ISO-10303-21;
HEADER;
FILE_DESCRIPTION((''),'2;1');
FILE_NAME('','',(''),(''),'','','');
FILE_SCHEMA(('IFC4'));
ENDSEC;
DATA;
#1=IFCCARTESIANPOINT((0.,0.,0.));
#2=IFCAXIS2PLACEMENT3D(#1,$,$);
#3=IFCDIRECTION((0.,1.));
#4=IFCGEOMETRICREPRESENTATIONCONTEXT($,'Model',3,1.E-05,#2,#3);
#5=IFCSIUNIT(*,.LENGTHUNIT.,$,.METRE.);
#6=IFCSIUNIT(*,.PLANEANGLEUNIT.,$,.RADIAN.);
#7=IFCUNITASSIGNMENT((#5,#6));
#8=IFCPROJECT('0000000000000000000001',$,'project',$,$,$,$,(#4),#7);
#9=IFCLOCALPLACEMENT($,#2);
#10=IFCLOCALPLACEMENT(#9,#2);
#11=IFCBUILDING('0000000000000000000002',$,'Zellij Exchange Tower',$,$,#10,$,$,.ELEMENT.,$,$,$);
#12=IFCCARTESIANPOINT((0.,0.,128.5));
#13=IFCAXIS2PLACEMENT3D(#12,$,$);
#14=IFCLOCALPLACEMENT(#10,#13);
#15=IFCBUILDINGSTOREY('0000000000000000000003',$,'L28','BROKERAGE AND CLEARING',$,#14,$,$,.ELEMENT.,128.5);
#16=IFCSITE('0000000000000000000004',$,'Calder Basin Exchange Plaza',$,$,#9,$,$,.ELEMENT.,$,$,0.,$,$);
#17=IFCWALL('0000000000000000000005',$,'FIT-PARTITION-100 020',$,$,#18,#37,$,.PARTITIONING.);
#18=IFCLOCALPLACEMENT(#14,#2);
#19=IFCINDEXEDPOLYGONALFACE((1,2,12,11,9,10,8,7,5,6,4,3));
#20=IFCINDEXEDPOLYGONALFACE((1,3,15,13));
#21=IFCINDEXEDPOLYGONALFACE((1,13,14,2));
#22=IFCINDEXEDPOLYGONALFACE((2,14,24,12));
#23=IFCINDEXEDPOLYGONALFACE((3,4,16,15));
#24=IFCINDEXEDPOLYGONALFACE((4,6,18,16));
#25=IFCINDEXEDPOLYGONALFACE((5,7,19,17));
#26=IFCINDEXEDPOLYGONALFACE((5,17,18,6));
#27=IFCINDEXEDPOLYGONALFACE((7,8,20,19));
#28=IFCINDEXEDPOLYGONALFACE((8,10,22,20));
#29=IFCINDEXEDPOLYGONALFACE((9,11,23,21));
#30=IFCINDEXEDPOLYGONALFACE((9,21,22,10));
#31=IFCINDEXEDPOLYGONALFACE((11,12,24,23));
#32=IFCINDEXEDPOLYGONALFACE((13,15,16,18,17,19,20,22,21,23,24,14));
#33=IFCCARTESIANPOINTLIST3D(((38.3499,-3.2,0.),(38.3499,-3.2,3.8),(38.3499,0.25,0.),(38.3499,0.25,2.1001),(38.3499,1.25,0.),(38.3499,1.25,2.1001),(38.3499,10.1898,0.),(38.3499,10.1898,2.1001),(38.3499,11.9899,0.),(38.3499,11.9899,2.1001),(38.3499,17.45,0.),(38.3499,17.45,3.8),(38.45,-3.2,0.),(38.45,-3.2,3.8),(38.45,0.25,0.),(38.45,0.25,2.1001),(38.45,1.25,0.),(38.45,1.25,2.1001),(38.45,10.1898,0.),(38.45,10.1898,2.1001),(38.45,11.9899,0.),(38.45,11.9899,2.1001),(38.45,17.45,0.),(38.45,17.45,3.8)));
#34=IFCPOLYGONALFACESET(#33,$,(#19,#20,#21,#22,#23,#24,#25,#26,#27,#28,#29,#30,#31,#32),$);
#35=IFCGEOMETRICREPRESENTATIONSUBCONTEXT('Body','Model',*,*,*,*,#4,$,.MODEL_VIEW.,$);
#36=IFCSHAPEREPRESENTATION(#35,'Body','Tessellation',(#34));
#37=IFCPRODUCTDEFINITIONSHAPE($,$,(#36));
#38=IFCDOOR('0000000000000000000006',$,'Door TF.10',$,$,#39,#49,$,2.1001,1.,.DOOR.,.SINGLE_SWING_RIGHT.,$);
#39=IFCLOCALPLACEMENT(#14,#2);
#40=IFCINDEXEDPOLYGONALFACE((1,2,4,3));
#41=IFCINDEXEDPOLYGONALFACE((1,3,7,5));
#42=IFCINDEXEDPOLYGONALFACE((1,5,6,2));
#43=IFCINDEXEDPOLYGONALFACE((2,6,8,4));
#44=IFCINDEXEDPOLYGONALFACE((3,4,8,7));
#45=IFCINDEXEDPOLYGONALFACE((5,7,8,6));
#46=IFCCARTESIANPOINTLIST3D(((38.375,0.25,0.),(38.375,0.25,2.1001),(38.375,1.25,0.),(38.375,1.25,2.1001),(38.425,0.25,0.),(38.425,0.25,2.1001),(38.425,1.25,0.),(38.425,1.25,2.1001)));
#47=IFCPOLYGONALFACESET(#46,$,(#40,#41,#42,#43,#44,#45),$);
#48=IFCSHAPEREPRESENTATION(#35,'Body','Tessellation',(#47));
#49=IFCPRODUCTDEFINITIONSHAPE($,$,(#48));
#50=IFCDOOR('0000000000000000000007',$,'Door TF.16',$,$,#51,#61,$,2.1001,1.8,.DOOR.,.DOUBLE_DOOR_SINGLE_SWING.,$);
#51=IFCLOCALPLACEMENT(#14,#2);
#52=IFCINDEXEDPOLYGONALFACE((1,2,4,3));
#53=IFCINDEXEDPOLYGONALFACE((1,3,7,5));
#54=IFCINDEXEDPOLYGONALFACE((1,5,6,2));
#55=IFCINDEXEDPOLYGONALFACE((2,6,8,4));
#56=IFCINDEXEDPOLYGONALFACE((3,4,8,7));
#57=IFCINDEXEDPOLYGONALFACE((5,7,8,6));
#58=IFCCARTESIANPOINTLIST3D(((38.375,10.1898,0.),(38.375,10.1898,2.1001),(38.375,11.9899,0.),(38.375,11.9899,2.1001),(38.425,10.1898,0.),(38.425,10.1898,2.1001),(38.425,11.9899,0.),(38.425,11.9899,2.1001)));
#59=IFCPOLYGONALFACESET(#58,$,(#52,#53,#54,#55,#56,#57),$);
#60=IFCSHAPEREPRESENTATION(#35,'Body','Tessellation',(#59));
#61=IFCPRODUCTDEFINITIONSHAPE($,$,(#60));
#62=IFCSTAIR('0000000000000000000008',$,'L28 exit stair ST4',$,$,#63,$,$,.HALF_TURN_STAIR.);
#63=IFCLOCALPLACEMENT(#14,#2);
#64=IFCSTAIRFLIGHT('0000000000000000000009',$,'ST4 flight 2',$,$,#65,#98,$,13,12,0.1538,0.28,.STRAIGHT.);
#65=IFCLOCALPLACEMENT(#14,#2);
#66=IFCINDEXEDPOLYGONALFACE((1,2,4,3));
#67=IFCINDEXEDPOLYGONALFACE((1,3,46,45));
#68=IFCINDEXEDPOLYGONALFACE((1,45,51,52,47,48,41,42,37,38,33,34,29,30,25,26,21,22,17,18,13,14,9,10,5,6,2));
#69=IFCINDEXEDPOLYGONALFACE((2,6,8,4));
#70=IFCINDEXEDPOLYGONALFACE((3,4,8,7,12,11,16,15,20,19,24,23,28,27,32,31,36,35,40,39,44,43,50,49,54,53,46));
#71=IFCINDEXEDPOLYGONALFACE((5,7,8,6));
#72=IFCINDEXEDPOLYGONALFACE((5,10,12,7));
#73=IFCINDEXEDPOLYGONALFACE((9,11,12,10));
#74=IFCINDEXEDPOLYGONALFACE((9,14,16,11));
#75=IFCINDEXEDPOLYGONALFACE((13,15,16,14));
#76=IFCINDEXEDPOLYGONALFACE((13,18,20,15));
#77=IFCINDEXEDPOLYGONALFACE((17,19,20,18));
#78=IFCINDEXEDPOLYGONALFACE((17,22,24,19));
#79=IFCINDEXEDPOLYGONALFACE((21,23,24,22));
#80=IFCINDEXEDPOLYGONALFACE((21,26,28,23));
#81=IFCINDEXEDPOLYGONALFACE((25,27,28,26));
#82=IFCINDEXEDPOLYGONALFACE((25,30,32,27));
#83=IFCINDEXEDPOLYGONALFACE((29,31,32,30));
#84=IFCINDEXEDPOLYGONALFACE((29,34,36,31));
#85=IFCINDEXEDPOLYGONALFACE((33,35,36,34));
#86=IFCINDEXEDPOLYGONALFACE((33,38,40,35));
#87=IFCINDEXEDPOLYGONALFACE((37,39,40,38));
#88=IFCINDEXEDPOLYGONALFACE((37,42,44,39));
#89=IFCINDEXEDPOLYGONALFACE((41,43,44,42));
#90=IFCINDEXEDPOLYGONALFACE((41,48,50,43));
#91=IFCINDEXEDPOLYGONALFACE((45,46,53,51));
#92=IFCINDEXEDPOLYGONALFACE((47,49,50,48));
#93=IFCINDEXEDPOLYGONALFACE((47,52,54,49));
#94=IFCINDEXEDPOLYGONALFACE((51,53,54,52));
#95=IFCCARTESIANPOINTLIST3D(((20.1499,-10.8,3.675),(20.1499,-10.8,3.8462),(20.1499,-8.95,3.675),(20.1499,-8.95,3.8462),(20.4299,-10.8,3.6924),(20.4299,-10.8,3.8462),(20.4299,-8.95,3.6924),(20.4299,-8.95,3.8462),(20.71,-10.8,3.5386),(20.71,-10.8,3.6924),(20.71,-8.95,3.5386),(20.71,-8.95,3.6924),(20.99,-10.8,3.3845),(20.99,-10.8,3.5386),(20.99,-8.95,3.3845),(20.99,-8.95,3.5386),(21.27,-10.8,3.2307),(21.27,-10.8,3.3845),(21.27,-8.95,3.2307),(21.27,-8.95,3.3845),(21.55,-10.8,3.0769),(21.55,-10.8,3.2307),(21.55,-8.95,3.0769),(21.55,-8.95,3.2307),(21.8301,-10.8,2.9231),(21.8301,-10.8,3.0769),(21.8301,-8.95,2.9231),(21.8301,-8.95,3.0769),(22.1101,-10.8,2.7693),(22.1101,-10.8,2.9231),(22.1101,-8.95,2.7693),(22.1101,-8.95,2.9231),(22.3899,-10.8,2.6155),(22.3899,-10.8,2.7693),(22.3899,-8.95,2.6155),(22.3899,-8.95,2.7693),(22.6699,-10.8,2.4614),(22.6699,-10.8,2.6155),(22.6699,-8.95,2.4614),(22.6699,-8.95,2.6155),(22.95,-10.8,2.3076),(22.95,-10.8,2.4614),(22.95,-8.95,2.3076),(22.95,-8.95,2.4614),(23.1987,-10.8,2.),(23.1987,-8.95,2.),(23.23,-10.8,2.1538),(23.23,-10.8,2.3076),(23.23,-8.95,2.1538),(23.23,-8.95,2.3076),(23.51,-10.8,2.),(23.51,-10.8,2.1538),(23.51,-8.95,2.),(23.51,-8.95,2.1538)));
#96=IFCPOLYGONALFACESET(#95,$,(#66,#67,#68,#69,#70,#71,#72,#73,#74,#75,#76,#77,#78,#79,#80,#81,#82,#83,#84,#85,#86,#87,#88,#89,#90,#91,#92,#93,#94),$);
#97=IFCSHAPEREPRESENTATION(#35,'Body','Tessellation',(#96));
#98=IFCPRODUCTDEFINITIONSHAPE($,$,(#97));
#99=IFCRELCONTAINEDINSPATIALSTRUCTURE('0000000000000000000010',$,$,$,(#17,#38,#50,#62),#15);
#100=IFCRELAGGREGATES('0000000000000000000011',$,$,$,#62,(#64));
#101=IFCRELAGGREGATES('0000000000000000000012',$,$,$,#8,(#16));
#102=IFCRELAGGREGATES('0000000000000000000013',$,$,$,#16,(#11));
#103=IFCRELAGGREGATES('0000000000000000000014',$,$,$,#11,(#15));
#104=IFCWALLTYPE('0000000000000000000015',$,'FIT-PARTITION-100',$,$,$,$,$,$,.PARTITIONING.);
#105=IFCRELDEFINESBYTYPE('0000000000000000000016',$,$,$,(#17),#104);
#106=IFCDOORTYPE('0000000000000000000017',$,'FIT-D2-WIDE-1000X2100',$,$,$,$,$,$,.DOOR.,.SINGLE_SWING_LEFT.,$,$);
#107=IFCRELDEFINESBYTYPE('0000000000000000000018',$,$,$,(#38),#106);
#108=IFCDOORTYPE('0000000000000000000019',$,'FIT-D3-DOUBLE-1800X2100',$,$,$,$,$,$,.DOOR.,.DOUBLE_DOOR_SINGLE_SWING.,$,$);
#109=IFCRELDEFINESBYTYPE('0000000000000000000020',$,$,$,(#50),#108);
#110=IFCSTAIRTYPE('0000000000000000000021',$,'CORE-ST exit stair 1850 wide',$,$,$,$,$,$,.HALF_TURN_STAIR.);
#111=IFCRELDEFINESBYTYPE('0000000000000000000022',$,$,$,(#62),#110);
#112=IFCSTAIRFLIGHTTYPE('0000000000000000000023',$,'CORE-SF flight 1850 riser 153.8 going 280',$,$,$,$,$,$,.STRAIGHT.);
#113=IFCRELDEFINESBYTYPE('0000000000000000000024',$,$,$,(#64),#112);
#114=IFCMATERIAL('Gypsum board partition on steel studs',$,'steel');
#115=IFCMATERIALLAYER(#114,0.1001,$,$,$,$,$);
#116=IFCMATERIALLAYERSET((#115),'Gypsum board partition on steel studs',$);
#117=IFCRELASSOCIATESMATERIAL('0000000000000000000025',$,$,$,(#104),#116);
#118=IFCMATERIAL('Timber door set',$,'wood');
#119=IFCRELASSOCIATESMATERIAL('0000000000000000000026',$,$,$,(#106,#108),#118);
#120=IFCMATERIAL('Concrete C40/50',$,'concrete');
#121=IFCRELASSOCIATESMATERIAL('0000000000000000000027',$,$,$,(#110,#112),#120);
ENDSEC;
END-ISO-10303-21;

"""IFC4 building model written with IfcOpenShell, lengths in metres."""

from ifc_helpers import new_model, si_unit, direction, frame, frame_2d, origin, place, context, subcontext, project, spatial, polyline, rectangle, outline, extrude, material, layer, layer_set, type_object, element, fill, aggregate, save


model = new_model("IFC4")

# Units and contexts
model_context = context("Model", 3, precision=1e-05, world=origin(), true_north=direction((0.0, 1.0)))
body_context = subcontext(model_context, "Body", "Model", "MODEL_VIEW")
ifc_project = project(units=[si_unit("LENGTHUNIT", "METRE"), si_unit("PLANEANGLEUNIT", "RADIAN")], contexts=[model_context])

# Site, building, storey
site_placement = place(None, origin())
site = spatial("IfcSite", under=ifc_project, at=site_placement, Name="Calder Basin Exchange Plaza", CompositionType="ELEMENT", RefElevation=0.0)
building_placement = place(site_placement, origin())
building = spatial("IfcBuilding", under=site, at=building_placement, Name="Zellij Exchange Tower", CompositionType="ELEMENT")
storey_placement = place(building_placement, frame((0.0, 0.0, 128.5)))
storey = spatial("IfcBuildingStorey", under=building, at=storey_placement, Name="L28", Description="BROKERAGE AND CLEARING", CompositionType="ELEMENT", Elevation=128.5)

# Shared definitions
ifc_material_1 = material(Name="Gypsum board partition on steel studs", Category="steel")
ifc_layer_1 = layer(ifc_material_1, 0.1001)
ifc_layer_set_1 = layer_set([ifc_layer_1], Name="Gypsum board partition on steel studs")
wall_type_1 = type_object("IfcWallType", Name="FIT-PARTITION-100", PredefinedType="PARTITIONING", material=ifc_layer_set_1)

# Wall, openings, doors
wall_1_placement = place(storey_placement, frame((38.3999, -3.2, 0.0), z_axis=(0.0, 0.0, 1.0), x_axis=(0.0, 1.0, 0.0)))
wall_1 = element("IfcWall", 1, at=wall_1_placement, inside=storey, type_object=wall_type_1, Name="FIT-PARTITION-100 020", PredefinedType="PARTITIONING", context=body_context, shape_type="SweptSolid", body=[
    extrude(rectangle(XDim=20.6499, YDim=0.1001, at=frame_2d((10.325, 0.0))), origin(), (0.0, 0.0, 1.0), 3.8),
])
opening_1_placement = place(wall_1_placement, frame((3.45, 0.0, 0.0)))
opening_1 = element("IfcOpeningElement", 2, at=opening_1_placement, cuts=wall_1, PredefinedType="OPENING", context=body_context, shape_type="SweptSolid", body=[
    extrude(rectangle(XDim=1.0, YDim=2.1001, at=frame_2d((0.5, 1.05))), frame((0.0, 0.062, 0.0), z_axis=(0.0, -1.0, 0.0), x_axis=(1.0, 0.0, 0.0)), (0.0, 0.0, 1.0), 0.124),
])
opening_2_placement = place(wall_1_placement, frame((13.3899, 0.0, 0.0)))
opening_2 = element("IfcOpeningElement", 3, at=opening_2_placement, cuts=wall_1, PredefinedType="OPENING", context=body_context, shape_type="SweptSolid", body=[
    extrude(rectangle(XDim=1.8, YDim=2.1001, at=frame_2d((0.8999, 1.05))), frame((0.0, 0.062, 0.0), z_axis=(0.0, -1.0, 0.0), x_axis=(1.0, 0.0, 0.0)), (0.0, 0.0, 1.0), 0.124),
])
ifc_material_2 = material(Name="Timber door set", Category="wood")
door_type_1 = type_object("IfcDoorType", Name="FIT-D2-WIDE-1000X2100", OperationType="SINGLE_SWING_LEFT", PredefinedType="DOOR", material=ifc_material_2)
door_1_placement = place(opening_1_placement, origin())
door_1 = element("IfcDoor", 4, at=door_1_placement, inside=storey, type_object=door_type_1, Name="Door TF.10", OperationType="SINGLE_SWING_RIGHT", OverallHeight=2.1001, OverallWidth=1.0, PredefinedType="DOOR", context=body_context, shape_type="SweptSolid", body=[
    extrude(rectangle(XDim=1.0, YDim=2.1001, at=frame_2d((0.5, 1.05))), frame((0.0, 0.0249, 0.0), z_axis=(0.0, -1.0, 0.0), x_axis=(1.0, 0.0, 0.0)), (0.0, 0.0, 1.0), 0.05),
])
fill(opening_1, door_1)
door_type_2 = type_object("IfcDoorType", Name="FIT-D3-DOUBLE-1800X2100", OperationType="DOUBLE_DOOR_SINGLE_SWING", PredefinedType="DOOR", material=ifc_material_2)
door_2_placement = place(opening_2_placement, origin())
door_2 = element("IfcDoor", 5, at=door_2_placement, inside=storey, type_object=door_type_2, Name="Door TF.16", OperationType="DOUBLE_DOOR_SINGLE_SWING", OverallHeight=2.1001, OverallWidth=1.8, PredefinedType="DOOR", context=body_context, shape_type="SweptSolid", body=[
    extrude(rectangle(XDim=1.8, YDim=2.1001, at=frame_2d((0.8999, 1.05))), frame((0.0, 0.0249, 0.0), z_axis=(0.0, -1.0, 0.0), x_axis=(1.0, 0.0, 0.0)), (0.0, 0.0, 1.0), 0.05),
])
fill(opening_2, door_2)

# Stair, stair flight
ifc_material_3 = material(Name="Concrete C40/50", Category="concrete")
stair_type = type_object("IfcStairType", Name="CORE-ST exit stair 1850 wide", PredefinedType="HALF_TURN_STAIR", material=ifc_material_3)
stair_placement = place(storey_placement, origin())
stair = element("IfcStair", 6, at=stair_placement, inside=storey, type_object=stair_type, Name="L28 exit stair ST4", PredefinedType="HALF_TURN_STAIR")
stair_flight_type = type_object("IfcStairFlightType", Name="CORE-SF flight 1850 riser 153.8 going 280", PredefinedType="STRAIGHT", material=ifc_material_3)
stair_flight_placement = place(storey_placement, frame((23.51, -9.875, 2.0), z_axis=(0.0, 0.0, 1.0), x_axis=(-1.0, 0.0, 0.0)))
stair_flight = element("IfcStairFlight", 7, at=stair_flight_placement, type_object=stair_flight_type, Name="ST4 flight 2", NumberOfRisers=13, NumberOfTreads=12, PredefinedType="STRAIGHT", RiserHeight=0.1538, TreadLength=0.28, context=body_context, shape_type="SweptSolid", body=[
    extrude(outline(polyline([(0.0, 0.0), (0.0, 0.1538), (0.28, 0.1538), (0.28, 0.3076), (0.5601, 0.3076), (0.5601, 0.4614), (0.8401, 0.4614), (0.8401, 0.6155), (1.1201, 0.6155), (1.1201, 0.7693), (1.3999, 0.7693), (1.3999, 0.9231), (1.6799, 0.9231), (1.6799, 1.0769), (1.96, 1.0769), (1.96, 1.2307), (2.24, 1.2307), (2.24, 1.3845), (2.52, 1.3845), (2.52, 1.5386), (2.8, 1.5386), (2.8, 1.6924), (3.0801, 1.6924), (3.0801, 1.8462), (3.3601, 1.8462), (3.3601, 2.0), (3.3601, 1.675), (0.3113, 0.0), (0.0, 0.0)])), frame((0.0, 0.925, 0.0), z_axis=(0.0, -1.0, 0.0), x_axis=(1.0, 0.0, 0.0)), (0.0, 0.0, 1.0), 1.8501),
])
aggregate(stair, [stair_flight])

save(model, "model.ifc")
